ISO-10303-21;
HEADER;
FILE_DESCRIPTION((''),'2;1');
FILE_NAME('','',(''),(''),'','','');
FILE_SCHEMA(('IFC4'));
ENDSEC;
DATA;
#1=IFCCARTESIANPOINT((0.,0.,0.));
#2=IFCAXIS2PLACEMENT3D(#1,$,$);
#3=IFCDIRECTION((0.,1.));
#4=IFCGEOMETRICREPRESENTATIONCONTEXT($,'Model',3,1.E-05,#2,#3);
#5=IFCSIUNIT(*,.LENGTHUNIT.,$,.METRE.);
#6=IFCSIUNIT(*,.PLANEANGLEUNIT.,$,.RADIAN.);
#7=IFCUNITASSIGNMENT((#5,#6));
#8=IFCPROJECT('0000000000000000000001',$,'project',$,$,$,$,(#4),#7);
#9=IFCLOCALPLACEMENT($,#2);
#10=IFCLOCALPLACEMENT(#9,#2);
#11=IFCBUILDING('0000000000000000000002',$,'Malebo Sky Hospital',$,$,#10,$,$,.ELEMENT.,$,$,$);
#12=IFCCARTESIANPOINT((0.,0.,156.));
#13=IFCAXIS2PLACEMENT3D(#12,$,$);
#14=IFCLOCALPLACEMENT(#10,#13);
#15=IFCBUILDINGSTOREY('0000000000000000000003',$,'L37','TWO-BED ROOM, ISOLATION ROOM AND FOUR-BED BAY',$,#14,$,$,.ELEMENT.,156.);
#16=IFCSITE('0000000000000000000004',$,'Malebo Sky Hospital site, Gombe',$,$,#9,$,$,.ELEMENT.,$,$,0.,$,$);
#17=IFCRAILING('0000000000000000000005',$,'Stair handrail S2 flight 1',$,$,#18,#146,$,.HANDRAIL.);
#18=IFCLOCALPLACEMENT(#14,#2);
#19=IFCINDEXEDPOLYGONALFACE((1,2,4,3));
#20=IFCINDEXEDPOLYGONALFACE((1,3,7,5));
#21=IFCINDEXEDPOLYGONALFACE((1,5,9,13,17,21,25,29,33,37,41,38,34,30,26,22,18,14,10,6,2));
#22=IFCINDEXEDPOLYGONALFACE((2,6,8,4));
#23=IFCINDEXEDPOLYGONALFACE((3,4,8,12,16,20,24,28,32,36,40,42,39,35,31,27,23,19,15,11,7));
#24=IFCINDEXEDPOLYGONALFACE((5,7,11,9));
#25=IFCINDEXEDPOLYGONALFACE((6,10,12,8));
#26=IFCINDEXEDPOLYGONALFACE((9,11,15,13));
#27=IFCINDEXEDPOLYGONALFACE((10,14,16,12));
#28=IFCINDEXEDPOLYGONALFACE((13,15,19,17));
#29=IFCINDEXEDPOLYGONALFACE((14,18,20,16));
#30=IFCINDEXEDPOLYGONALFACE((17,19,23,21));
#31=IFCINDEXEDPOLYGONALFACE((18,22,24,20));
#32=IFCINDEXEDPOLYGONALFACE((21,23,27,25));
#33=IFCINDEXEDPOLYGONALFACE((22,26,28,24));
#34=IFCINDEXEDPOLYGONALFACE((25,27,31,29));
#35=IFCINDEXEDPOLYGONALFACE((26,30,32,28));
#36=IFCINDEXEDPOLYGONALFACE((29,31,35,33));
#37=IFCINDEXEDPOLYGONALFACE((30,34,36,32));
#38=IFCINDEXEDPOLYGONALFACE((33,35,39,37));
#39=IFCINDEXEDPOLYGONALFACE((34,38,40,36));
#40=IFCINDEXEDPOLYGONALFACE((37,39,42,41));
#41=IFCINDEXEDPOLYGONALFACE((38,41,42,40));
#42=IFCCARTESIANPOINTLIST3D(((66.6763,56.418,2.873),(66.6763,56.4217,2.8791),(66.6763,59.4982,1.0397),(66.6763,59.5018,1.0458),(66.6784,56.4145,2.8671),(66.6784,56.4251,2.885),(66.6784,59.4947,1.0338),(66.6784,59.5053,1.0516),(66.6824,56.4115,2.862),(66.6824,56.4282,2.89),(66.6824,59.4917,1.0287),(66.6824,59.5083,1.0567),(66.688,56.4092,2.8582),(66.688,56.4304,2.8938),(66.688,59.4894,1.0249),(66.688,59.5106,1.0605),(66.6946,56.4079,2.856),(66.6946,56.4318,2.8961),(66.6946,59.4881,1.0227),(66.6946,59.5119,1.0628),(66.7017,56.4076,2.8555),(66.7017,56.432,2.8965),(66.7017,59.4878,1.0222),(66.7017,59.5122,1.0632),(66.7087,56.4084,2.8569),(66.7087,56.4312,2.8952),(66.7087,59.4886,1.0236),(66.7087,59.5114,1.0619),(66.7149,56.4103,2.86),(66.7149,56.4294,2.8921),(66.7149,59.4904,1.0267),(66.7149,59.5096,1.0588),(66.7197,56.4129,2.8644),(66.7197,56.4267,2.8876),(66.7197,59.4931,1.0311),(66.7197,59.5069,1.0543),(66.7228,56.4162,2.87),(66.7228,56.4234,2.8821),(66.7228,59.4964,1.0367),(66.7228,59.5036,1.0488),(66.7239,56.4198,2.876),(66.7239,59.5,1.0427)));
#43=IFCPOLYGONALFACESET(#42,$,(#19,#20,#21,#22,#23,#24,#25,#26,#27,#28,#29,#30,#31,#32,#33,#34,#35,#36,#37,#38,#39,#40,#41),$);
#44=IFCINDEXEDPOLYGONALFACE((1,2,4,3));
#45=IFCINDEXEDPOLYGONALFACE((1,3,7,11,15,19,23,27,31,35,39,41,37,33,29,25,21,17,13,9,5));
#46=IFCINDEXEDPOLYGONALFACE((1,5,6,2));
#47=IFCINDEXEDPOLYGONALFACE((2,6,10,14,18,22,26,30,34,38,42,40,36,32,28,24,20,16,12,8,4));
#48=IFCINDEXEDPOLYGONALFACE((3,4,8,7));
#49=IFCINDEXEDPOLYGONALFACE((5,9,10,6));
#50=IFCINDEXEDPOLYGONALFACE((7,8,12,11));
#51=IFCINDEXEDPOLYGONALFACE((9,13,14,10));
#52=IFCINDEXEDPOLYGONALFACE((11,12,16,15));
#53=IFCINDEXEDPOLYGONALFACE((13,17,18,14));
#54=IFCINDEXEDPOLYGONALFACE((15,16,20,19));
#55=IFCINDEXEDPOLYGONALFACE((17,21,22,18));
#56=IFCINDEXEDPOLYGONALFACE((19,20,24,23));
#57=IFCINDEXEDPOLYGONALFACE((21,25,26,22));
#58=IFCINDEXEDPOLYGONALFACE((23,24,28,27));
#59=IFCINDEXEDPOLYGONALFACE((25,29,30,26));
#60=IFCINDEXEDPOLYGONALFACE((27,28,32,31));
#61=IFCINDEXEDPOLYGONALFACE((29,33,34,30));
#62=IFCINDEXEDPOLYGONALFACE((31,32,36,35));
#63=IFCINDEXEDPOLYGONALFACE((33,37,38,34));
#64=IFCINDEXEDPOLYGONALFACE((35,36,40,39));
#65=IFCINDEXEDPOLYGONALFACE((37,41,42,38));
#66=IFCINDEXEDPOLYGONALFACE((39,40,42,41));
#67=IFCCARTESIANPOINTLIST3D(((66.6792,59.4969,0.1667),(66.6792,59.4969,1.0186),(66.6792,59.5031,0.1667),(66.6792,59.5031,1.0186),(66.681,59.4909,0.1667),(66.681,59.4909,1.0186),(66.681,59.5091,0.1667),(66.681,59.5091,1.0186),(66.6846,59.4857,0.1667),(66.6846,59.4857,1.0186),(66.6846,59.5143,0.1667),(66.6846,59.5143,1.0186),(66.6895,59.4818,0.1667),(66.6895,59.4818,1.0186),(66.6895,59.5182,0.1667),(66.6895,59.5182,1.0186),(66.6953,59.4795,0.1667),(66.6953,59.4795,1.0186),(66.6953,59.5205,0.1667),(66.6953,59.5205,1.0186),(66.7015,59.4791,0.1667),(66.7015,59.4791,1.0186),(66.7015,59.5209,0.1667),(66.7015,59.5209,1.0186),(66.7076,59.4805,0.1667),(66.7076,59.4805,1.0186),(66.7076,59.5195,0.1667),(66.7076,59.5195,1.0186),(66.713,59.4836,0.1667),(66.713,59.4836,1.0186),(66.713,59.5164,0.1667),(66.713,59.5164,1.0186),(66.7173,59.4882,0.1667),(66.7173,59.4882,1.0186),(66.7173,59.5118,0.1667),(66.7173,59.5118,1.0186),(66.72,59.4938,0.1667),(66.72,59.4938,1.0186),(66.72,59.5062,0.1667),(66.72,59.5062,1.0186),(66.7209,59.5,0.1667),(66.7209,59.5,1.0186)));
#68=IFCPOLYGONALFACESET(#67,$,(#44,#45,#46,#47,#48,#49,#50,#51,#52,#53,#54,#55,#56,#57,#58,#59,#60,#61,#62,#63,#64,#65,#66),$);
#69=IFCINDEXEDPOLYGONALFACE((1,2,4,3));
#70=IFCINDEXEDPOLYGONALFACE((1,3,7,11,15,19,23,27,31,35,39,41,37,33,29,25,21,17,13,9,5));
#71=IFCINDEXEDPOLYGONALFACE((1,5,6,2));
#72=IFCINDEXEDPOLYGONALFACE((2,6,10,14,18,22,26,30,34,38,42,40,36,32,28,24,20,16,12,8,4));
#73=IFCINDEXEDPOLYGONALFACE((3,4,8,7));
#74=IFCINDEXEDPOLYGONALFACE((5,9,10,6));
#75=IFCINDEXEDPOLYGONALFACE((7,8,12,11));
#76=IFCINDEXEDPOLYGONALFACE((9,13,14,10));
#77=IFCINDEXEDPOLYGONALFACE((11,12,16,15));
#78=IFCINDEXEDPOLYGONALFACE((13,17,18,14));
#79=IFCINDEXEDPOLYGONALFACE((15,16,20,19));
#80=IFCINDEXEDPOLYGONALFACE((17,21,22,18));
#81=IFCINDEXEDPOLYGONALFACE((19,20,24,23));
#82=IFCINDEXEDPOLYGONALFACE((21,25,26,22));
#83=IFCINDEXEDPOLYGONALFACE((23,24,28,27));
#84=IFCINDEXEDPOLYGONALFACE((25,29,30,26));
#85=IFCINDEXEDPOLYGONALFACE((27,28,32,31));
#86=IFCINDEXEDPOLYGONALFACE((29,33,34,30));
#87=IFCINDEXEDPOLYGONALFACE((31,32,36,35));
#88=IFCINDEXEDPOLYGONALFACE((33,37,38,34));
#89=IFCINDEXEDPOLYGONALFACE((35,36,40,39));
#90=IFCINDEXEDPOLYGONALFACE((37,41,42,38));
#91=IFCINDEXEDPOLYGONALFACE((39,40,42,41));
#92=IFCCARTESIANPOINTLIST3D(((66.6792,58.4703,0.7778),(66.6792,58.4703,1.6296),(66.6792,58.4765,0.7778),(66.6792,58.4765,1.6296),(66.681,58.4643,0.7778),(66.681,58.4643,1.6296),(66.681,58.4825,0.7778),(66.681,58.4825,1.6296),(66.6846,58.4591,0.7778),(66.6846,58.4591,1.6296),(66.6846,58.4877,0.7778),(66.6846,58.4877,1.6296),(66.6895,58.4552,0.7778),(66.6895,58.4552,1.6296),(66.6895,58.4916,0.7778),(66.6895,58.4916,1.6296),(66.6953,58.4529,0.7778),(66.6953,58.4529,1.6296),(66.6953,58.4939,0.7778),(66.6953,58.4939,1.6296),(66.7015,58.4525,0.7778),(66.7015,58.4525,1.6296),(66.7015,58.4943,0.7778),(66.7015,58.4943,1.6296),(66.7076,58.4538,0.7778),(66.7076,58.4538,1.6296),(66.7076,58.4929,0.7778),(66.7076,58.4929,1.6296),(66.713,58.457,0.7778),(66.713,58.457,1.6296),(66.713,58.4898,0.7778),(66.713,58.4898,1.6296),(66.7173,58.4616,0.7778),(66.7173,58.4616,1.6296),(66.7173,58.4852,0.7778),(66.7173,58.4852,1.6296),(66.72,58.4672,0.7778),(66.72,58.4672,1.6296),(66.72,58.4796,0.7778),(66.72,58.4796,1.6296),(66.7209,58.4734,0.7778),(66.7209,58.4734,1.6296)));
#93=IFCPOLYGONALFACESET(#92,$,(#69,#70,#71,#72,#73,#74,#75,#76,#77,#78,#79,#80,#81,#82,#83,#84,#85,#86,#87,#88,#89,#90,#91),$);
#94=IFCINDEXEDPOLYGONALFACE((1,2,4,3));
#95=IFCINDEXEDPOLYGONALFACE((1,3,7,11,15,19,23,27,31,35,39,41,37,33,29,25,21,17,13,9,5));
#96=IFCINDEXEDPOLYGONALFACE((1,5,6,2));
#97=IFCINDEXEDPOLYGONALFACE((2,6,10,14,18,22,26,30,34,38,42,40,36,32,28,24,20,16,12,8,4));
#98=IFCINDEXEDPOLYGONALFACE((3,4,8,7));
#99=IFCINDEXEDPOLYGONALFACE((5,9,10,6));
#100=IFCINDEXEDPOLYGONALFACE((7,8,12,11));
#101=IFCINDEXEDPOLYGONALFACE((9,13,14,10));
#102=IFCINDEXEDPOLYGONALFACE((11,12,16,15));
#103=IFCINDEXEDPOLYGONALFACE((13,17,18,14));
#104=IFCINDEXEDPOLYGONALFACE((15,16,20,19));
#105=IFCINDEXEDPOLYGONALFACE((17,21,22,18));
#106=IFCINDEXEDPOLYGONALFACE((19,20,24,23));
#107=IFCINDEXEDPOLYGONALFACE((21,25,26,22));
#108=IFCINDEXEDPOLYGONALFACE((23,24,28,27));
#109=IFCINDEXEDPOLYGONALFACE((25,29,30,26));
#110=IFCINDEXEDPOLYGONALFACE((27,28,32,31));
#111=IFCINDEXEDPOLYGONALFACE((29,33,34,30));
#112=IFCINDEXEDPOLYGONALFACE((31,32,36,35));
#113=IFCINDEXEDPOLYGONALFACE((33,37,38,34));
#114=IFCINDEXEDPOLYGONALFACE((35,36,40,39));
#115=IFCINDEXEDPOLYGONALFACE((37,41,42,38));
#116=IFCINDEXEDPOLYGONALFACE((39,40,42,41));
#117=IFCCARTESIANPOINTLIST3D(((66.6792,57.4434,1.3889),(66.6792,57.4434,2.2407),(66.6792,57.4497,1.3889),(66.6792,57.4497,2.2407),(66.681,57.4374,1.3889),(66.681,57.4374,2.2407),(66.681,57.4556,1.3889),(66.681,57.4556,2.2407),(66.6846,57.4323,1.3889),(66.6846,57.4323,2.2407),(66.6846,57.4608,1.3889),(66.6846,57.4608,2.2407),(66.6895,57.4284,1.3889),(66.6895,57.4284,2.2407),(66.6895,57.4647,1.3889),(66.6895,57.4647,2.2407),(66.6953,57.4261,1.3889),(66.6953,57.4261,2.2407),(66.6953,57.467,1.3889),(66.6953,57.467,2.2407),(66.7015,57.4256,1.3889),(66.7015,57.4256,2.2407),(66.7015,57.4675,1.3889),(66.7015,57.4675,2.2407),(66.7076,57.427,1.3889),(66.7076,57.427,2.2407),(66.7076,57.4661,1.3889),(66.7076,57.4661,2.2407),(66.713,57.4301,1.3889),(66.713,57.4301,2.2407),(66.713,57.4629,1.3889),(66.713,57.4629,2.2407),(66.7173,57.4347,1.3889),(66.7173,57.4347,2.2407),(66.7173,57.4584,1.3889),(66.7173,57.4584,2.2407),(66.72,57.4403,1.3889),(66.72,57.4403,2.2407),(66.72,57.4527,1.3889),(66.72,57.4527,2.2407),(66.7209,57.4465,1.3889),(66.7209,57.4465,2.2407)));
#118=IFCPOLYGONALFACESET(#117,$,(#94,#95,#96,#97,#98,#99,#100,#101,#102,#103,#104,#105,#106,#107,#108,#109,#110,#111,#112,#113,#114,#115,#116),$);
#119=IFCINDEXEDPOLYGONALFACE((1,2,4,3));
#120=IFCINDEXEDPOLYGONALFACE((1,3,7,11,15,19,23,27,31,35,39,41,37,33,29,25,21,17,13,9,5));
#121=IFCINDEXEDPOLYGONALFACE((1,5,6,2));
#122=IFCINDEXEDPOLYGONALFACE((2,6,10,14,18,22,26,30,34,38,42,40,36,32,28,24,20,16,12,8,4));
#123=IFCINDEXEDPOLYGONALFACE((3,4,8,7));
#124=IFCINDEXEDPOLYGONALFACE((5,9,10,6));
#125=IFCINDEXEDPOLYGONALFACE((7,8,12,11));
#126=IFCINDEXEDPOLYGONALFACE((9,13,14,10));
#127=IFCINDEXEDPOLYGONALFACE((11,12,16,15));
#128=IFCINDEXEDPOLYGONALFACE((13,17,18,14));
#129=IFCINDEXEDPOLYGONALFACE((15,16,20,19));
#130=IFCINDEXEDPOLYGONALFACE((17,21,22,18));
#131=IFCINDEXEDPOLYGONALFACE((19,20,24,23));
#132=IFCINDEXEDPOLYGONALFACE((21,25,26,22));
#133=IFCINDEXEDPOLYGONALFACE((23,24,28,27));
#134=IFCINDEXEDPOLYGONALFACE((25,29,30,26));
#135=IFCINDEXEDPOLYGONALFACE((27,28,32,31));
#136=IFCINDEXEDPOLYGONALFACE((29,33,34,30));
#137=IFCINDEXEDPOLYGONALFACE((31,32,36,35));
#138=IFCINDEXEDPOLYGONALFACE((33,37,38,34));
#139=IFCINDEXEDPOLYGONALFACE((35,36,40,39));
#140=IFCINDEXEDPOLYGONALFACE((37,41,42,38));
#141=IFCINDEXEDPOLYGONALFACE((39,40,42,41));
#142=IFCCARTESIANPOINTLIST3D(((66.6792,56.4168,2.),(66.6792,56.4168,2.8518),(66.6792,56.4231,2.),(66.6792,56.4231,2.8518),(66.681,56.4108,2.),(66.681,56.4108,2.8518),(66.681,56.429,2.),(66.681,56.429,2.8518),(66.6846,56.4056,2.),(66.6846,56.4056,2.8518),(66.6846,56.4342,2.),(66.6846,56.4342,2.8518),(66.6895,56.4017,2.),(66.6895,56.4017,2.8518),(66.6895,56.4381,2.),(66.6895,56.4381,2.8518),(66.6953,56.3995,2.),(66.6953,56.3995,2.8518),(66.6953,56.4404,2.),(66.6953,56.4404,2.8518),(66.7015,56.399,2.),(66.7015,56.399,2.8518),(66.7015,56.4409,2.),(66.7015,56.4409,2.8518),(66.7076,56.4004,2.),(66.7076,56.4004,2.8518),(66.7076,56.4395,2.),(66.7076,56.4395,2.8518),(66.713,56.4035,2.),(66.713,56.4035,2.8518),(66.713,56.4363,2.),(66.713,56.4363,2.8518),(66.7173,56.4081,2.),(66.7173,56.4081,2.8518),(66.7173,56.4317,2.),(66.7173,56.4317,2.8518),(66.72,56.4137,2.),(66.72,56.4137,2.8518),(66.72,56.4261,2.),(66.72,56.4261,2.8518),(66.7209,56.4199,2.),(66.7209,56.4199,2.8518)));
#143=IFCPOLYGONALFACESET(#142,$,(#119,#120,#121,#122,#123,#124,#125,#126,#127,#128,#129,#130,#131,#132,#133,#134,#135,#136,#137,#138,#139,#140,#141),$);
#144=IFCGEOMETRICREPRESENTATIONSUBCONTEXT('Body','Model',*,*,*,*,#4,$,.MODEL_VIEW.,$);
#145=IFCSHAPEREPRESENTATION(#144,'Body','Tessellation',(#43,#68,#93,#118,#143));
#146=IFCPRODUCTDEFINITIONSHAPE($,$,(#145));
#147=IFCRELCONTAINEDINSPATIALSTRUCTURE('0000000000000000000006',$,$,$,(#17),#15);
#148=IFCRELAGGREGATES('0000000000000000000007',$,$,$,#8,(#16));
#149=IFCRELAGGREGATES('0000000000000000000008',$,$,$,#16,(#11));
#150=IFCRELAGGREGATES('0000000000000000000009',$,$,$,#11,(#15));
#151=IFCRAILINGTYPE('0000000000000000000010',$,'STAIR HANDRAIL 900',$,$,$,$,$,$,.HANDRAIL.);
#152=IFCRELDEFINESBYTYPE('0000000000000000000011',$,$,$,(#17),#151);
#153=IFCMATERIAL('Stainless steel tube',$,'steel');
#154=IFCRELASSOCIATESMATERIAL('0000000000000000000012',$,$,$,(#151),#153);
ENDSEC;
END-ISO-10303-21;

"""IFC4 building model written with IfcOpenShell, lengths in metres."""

from ifc_helpers import new_model, si_unit, direction, frame, origin, origin_2d, place, context, subcontext, project, spatial, circle, extrude, material, type_object, element, save


model = new_model("IFC4")

# Units and contexts
model_context = context("Model", 3, precision=1e-05, world=origin(), true_north=direction((0.0, 1.0)))
body_context = subcontext(model_context, "Body", "Model", "MODEL_VIEW")
ifc_project = project(units=[si_unit("LENGTHUNIT", "METRE"), si_unit("PLANEANGLEUNIT", "RADIAN")], contexts=[model_context])

# Site, building, storey
site_placement = place(None, origin())
site = spatial("IfcSite", under=ifc_project, at=site_placement, Name="Malebo Sky Hospital site, Gombe", CompositionType="ELEMENT", RefElevation=0.0)
building_placement = place(site_placement, origin())
building = spatial("IfcBuilding", under=site, at=building_placement, Name="Malebo Sky Hospital", CompositionType="ELEMENT")
storey_placement = place(building_placement, frame((0.0, 0.0, 156.0)))
storey = spatial("IfcBuildingStorey", under=building, at=storey_placement, Name="L37", Description="TWO-BED ROOM, ISOLATION ROOM AND FOUR-BED BAY", CompositionType="ELEMENT", Elevation=156.0)

# Railing
ifc_material_1 = material(Name="Stainless steel tube", Category="steel")
railing_type = type_object("IfcRailingType", Name="STAIR HANDRAIL 900", PredefinedType="HANDRAIL", material=ifc_material_1)
railing_1_placement = place(storey_placement, frame((66.7, 59.5, 0.1667)))
element("IfcRailing", 1, at=railing_1_placement, inside=storey, type_object=railing_type, Name="Stair handrail S2 flight 1", PredefinedType="HANDRAIL", context=body_context, shape_type="SweptSolid", body=[
    extrude(circle(Radius=0.0239, at=origin_2d()), frame((0.0, 0.0, 0.876), z_axis=(0.0, -0.859309, 0.511458), x_axis=(1.0, 0.0, 0.0)), (0.0, 0.0, 1.0), 3.5845),
    extrude(circle(Radius=0.021, at=origin_2d()), origin(), (0.0, 0.0, 1.0), 0.8518),
    extrude(circle(Radius=0.021, at=origin_2d()), frame((0.0, -1.0266, 0.6111)), (0.0, 0.0, 1.0), 0.8518),
    extrude(circle(Radius=0.021, at=origin_2d()), frame((0.0, -2.0535, 1.2222)), (0.0, 0.0, 1.0), 0.8518),
    extrude(circle(Radius=0.021, at=origin_2d()), frame((0.0, -3.0801, 1.8333)), (0.0, 0.0, 1.0), 0.8518),
])

save(model, "model.ifc")
